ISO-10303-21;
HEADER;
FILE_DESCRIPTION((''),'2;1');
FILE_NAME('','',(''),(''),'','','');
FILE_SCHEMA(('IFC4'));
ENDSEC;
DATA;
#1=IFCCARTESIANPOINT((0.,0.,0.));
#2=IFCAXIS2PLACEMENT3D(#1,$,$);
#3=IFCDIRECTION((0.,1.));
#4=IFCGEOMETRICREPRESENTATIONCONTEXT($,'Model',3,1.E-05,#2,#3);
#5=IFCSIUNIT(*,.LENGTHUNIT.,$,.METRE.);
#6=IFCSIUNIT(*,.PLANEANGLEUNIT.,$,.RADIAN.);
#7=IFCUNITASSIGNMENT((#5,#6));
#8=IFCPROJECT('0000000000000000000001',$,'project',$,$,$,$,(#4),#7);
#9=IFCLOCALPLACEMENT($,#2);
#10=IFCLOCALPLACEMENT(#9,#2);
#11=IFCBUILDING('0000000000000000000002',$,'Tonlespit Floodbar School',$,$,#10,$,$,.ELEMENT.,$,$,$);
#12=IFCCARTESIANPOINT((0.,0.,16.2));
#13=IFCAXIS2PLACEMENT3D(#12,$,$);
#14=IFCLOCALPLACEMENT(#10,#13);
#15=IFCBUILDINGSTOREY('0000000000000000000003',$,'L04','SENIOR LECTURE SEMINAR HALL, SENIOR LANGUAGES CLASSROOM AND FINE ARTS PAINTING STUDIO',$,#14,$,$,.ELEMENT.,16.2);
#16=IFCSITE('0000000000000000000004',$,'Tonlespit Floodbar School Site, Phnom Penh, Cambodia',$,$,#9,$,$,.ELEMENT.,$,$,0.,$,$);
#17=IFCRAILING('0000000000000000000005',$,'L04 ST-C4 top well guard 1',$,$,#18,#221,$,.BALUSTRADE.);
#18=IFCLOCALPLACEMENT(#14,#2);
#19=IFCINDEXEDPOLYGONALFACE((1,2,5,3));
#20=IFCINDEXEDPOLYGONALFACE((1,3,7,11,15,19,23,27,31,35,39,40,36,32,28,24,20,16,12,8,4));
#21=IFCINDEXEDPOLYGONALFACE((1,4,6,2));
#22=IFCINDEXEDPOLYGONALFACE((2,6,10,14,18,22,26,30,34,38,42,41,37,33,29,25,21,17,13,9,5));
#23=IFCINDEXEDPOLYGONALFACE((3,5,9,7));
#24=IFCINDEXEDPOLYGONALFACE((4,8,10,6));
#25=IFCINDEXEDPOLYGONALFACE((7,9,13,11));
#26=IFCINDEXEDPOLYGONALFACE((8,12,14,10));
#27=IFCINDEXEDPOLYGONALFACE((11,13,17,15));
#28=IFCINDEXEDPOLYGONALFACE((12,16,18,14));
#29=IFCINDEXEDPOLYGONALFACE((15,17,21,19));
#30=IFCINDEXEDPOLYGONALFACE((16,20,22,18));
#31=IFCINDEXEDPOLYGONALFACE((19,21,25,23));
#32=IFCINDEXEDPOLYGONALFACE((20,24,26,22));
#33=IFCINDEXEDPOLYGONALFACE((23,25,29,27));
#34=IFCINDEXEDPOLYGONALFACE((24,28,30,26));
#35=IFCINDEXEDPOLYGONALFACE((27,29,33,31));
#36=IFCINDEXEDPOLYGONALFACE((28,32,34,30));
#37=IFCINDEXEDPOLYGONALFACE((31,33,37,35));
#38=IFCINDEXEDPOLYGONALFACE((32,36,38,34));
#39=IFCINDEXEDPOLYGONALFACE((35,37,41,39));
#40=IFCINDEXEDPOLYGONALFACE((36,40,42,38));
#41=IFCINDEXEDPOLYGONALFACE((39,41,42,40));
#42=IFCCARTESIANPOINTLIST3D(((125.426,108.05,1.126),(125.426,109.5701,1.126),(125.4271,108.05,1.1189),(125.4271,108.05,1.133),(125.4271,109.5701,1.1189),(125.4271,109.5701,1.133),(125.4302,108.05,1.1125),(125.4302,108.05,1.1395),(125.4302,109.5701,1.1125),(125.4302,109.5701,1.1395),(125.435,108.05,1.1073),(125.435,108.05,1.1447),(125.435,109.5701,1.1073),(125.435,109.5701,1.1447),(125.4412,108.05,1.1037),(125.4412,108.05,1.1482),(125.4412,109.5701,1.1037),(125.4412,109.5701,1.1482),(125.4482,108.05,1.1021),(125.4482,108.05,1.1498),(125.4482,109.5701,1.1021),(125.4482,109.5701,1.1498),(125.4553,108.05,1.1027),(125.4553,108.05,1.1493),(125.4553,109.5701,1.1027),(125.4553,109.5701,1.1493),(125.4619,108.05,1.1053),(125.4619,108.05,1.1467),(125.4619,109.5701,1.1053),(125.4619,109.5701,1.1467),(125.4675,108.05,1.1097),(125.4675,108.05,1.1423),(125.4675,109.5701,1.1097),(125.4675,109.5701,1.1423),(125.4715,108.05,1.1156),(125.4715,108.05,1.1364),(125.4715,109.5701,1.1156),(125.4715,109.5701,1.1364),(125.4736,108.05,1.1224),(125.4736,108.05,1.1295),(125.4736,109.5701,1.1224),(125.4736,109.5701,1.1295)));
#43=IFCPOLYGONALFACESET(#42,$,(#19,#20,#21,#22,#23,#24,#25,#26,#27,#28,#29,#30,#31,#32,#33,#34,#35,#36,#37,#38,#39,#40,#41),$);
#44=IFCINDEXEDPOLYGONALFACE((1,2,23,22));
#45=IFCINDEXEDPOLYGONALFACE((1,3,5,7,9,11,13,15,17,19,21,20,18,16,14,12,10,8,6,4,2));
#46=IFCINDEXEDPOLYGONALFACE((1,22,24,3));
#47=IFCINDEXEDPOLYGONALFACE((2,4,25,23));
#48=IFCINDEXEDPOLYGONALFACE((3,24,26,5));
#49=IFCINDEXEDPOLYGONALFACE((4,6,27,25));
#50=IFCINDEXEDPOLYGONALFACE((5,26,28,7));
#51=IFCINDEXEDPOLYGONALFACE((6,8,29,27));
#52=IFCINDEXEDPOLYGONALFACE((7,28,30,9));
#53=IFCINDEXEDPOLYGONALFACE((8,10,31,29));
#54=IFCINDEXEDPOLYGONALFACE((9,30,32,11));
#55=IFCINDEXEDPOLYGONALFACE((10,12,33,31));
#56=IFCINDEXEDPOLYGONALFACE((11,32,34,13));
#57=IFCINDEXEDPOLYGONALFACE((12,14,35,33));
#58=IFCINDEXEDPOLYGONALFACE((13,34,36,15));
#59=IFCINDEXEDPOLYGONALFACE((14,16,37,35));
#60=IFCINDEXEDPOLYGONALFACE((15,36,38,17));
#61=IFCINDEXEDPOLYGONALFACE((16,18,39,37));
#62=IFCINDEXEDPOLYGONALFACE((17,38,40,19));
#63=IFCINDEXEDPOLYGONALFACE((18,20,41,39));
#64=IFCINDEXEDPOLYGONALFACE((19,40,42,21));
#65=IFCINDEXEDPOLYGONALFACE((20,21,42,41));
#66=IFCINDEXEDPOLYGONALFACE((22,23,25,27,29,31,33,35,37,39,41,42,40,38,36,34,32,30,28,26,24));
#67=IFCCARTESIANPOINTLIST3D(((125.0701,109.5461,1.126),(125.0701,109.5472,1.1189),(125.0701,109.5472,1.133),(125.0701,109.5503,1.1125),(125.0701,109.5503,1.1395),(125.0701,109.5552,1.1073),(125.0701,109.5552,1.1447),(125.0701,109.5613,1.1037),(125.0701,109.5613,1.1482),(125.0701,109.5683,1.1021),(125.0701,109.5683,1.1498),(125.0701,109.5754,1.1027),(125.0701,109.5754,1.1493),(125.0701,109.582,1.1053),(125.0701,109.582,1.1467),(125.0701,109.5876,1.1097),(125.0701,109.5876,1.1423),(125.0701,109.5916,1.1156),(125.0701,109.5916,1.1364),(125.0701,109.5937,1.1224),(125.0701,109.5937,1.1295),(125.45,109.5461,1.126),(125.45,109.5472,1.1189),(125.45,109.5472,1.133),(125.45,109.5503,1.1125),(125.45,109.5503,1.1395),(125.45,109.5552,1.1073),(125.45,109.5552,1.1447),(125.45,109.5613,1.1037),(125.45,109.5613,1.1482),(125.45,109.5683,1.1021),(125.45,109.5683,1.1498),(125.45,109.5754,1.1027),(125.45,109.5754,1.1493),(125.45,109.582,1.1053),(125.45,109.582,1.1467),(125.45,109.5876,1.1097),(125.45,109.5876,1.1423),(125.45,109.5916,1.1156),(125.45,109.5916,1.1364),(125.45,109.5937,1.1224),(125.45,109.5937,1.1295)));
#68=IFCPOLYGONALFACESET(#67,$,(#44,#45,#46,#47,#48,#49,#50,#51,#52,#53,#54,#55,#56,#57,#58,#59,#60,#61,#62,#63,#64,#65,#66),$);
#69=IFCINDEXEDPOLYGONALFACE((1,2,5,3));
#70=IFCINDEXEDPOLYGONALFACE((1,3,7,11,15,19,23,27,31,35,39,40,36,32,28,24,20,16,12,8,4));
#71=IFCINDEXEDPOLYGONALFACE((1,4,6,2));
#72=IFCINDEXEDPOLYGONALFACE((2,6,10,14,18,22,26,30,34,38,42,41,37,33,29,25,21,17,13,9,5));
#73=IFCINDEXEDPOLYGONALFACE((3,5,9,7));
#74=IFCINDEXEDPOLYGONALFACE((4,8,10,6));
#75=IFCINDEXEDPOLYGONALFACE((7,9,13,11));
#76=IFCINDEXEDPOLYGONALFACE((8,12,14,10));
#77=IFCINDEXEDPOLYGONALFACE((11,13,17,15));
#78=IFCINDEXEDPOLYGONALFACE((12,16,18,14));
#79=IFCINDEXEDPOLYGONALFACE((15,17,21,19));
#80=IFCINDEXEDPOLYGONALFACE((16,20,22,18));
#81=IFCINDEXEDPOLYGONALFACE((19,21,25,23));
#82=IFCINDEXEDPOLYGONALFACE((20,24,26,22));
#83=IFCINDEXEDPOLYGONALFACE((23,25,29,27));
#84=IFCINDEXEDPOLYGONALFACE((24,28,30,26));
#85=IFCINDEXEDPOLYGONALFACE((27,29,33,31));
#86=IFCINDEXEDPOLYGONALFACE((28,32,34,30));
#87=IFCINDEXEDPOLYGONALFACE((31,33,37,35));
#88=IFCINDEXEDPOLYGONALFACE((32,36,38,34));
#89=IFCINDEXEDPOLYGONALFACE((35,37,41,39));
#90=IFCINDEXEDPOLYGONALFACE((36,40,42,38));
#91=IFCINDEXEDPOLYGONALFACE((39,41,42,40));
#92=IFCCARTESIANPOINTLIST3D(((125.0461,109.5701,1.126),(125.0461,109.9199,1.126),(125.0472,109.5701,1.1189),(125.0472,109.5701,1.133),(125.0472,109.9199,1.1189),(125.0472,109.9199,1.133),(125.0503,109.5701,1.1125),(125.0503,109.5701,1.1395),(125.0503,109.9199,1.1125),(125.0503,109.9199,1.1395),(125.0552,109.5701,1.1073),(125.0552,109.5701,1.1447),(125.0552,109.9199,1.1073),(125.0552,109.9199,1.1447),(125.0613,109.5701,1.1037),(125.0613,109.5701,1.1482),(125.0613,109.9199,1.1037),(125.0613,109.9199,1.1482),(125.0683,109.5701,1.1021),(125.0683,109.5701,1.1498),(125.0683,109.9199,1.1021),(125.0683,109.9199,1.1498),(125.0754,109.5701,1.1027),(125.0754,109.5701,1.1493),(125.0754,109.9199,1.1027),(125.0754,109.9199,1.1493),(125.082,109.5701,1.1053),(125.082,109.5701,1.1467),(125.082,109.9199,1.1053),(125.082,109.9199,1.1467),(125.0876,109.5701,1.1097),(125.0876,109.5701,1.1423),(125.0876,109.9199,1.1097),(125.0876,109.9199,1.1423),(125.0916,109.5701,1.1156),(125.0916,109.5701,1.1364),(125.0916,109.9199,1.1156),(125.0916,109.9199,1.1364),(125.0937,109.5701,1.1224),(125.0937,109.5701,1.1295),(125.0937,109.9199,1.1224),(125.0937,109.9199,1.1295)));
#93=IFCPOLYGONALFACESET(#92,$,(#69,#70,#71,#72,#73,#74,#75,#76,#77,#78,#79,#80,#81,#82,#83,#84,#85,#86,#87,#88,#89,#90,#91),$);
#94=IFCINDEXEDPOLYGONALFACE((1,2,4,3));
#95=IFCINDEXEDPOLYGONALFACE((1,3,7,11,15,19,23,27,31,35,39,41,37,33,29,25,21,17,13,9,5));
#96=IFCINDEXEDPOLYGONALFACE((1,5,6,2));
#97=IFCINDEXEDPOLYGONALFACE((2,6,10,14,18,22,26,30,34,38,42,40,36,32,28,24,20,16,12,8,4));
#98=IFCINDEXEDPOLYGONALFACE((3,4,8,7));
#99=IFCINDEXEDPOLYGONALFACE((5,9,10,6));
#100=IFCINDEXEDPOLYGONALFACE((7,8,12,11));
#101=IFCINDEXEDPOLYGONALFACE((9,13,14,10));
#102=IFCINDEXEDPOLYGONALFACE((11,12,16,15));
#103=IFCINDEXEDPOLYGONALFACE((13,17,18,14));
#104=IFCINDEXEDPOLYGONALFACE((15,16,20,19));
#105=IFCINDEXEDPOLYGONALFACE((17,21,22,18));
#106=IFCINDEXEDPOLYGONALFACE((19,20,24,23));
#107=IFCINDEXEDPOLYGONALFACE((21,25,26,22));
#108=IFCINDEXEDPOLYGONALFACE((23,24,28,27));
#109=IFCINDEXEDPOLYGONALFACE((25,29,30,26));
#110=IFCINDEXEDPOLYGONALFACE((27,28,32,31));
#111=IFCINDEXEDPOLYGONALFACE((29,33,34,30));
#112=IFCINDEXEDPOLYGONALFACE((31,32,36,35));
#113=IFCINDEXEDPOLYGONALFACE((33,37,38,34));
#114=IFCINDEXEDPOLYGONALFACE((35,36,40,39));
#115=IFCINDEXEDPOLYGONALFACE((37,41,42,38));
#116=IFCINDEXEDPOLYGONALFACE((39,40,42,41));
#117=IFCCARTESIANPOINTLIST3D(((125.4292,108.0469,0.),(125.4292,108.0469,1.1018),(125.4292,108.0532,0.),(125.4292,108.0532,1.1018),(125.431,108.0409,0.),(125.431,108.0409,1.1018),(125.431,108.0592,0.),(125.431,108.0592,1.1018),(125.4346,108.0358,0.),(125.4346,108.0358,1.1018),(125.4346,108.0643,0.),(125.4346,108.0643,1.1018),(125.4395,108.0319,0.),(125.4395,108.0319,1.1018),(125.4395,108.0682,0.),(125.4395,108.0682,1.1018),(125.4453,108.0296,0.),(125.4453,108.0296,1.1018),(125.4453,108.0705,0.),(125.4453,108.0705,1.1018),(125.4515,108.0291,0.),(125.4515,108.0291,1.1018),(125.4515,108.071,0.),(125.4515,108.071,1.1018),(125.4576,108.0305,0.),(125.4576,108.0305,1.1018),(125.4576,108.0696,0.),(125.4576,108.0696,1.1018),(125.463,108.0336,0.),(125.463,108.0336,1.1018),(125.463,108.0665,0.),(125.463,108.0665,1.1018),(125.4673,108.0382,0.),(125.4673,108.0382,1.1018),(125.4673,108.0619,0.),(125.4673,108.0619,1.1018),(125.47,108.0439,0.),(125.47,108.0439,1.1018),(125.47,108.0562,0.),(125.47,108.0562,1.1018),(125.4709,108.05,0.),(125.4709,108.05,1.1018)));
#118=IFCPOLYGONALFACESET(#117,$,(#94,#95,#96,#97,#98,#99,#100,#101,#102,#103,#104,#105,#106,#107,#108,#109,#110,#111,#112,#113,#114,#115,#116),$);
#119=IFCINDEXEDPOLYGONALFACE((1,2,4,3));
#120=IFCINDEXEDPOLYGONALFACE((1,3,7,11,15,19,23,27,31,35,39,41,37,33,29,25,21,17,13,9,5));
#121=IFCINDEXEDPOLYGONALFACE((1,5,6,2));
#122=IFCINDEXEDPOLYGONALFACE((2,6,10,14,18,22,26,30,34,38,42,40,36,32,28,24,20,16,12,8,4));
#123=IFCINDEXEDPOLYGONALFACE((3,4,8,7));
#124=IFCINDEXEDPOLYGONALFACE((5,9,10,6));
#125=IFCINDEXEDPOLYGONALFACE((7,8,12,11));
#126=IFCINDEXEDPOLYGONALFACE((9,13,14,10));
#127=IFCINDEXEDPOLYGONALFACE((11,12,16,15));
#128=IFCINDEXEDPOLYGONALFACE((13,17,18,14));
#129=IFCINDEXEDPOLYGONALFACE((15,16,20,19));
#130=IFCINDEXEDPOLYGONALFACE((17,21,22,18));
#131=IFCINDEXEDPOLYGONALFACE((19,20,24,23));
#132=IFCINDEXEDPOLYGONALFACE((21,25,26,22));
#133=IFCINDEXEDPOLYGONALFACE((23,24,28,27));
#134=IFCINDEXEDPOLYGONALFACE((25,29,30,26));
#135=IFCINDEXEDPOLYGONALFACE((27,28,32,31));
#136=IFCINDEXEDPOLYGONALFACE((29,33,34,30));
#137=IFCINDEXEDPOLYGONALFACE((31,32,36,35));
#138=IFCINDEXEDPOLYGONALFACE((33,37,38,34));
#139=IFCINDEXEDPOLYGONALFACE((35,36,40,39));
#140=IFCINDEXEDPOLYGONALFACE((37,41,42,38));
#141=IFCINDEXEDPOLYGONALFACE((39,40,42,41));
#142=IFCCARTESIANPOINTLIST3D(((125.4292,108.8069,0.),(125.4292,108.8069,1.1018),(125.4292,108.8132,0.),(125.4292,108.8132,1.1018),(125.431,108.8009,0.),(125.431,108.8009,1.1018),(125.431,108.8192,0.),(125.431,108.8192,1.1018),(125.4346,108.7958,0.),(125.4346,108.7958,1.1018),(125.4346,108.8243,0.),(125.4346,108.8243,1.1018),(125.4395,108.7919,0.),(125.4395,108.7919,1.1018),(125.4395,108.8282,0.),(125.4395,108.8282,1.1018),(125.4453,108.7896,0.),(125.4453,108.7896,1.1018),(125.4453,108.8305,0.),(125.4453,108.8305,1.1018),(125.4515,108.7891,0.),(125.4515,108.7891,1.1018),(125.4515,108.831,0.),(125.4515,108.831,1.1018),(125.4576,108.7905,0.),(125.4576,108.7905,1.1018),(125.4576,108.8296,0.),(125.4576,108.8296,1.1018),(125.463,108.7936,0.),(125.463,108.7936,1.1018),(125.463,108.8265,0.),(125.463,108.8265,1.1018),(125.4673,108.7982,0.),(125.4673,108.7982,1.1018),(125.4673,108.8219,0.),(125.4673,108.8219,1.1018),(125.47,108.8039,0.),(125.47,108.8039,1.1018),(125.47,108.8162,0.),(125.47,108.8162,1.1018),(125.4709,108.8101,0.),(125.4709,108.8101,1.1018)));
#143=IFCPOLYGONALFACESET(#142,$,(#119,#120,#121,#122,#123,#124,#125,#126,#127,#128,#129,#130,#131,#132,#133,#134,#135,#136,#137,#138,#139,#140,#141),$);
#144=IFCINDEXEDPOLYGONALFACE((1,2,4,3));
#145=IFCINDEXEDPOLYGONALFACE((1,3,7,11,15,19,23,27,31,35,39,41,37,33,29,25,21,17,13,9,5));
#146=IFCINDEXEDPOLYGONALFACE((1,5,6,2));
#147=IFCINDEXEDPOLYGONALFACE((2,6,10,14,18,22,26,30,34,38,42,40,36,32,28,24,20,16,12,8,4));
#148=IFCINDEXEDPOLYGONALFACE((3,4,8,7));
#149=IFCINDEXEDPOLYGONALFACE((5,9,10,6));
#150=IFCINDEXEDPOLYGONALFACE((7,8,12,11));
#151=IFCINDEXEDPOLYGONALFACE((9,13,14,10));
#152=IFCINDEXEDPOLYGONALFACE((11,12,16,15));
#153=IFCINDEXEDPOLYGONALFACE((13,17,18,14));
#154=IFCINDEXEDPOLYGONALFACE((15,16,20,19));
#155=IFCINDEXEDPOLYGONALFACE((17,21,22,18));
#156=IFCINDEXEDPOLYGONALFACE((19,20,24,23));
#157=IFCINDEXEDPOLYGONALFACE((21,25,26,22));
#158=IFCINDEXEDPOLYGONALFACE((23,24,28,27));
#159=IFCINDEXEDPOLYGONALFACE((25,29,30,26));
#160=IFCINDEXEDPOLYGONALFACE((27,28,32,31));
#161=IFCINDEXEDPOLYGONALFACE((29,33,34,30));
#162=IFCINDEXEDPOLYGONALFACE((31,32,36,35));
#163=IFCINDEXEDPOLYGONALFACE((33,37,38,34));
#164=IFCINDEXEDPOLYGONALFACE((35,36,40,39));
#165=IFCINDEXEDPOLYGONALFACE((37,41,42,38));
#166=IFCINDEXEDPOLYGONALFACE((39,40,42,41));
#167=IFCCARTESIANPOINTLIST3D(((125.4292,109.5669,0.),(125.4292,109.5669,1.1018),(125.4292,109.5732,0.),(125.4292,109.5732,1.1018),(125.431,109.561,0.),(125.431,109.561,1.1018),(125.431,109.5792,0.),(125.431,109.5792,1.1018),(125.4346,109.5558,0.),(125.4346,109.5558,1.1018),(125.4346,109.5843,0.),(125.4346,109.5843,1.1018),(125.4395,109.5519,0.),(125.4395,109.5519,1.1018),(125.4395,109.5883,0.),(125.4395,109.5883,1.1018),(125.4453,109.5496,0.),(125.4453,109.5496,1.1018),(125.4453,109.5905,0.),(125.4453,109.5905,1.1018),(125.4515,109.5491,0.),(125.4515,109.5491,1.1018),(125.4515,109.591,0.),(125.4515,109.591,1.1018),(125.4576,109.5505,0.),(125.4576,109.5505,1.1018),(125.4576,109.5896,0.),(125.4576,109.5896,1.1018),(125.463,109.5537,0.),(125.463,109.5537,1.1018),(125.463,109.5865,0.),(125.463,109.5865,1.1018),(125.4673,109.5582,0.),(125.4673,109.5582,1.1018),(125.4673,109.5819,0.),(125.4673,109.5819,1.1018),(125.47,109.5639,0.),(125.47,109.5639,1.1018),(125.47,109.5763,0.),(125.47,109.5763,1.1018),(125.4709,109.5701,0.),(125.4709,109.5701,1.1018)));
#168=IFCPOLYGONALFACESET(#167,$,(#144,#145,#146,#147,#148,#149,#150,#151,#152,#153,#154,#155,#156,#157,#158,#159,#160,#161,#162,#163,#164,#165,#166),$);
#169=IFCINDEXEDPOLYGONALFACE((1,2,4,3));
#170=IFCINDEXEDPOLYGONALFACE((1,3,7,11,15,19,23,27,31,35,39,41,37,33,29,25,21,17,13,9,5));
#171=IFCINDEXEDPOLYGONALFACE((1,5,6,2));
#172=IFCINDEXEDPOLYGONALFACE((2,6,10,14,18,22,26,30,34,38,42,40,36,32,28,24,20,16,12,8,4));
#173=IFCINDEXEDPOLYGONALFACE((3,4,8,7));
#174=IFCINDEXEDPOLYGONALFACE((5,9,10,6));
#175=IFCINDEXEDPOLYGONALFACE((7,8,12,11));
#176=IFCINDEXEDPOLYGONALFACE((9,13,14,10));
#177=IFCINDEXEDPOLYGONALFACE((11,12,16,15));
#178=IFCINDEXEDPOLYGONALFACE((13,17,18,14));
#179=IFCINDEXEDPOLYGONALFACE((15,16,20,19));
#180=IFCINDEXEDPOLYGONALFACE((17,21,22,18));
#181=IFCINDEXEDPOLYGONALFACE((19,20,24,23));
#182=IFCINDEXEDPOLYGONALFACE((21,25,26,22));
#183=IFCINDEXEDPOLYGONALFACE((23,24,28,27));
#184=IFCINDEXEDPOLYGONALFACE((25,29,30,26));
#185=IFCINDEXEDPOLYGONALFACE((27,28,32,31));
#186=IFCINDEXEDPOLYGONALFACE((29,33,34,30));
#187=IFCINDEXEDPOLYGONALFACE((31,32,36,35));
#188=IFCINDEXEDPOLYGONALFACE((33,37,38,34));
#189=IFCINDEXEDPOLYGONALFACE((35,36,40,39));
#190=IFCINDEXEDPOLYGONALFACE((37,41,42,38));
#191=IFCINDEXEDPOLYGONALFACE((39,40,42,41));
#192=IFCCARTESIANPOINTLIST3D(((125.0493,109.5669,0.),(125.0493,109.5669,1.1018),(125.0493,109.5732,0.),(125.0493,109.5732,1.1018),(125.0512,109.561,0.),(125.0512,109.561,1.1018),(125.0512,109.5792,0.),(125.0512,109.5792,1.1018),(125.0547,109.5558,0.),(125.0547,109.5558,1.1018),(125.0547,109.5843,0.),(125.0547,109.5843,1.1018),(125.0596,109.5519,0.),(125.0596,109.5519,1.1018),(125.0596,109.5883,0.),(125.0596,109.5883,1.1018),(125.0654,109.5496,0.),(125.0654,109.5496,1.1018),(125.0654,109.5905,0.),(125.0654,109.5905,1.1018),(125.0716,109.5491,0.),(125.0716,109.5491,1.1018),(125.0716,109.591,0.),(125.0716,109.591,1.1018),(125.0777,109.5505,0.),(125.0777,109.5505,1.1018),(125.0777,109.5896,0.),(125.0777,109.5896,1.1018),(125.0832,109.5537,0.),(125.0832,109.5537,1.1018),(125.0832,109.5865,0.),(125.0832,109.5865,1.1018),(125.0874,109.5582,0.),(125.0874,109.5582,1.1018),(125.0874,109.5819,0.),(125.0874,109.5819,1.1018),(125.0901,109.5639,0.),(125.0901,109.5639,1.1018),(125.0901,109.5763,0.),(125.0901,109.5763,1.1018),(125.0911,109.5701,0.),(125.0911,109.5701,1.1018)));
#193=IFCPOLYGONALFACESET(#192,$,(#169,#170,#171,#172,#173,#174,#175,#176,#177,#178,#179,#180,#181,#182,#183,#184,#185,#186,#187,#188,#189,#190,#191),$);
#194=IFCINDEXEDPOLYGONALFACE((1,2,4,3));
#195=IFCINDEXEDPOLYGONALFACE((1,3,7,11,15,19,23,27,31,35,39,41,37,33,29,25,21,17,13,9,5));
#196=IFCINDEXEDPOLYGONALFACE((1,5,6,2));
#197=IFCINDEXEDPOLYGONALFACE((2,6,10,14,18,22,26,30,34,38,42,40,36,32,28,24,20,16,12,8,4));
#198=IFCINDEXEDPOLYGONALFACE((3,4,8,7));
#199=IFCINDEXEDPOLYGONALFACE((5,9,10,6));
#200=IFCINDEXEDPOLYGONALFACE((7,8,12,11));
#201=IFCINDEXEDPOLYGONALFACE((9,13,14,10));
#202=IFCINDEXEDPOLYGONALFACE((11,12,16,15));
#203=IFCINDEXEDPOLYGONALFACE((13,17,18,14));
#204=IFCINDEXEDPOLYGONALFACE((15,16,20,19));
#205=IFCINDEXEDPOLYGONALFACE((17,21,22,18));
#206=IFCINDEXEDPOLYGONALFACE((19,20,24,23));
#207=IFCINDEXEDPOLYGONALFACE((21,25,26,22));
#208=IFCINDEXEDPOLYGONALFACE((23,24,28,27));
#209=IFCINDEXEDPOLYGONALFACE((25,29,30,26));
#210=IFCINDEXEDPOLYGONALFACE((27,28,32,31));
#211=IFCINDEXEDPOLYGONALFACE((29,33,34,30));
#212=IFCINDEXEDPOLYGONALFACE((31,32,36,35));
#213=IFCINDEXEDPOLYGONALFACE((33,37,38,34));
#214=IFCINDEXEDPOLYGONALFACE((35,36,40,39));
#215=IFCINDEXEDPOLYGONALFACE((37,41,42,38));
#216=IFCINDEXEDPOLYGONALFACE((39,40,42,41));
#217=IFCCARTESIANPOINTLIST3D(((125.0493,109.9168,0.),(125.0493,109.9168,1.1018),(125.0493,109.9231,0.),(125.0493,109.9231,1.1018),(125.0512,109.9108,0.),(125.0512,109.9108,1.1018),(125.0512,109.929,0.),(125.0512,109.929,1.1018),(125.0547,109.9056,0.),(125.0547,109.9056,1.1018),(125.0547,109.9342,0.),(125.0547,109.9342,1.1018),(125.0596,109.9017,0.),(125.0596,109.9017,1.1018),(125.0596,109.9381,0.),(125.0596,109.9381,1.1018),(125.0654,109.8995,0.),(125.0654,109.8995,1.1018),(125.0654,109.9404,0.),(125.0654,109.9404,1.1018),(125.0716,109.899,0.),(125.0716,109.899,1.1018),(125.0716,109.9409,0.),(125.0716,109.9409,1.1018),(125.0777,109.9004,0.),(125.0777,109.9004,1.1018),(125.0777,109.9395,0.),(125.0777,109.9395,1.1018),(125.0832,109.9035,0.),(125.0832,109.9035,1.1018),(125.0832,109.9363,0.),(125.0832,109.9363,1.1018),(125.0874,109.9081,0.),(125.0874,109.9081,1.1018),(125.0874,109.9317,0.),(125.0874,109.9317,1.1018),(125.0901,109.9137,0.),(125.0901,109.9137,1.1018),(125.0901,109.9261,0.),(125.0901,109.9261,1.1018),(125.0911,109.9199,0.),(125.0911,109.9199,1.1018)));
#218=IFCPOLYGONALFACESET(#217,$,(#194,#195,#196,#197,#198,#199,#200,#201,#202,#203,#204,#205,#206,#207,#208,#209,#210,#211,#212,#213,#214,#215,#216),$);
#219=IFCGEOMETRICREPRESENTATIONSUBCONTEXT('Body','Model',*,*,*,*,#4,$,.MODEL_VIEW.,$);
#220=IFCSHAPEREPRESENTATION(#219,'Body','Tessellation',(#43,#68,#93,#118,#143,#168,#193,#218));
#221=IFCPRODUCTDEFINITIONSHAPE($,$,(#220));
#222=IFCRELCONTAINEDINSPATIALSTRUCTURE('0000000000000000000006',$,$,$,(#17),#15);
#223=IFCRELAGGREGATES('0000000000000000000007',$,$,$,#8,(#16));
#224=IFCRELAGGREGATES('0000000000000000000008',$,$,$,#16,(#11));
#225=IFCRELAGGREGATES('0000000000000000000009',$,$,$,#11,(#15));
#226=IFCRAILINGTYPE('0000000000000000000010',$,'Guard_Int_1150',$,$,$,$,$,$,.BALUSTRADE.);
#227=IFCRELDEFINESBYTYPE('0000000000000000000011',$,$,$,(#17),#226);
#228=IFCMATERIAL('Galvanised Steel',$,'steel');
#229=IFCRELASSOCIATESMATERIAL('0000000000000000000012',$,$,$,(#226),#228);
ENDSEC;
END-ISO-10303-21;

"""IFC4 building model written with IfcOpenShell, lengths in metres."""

from ifc_helpers import new_model, si_unit, direction, frame, origin, origin_2d, place, context, subcontext, project, spatial, circle, extrude, material, type_object, element, save


model = new_model("IFC4")

# Units and contexts
model_context = context("Model", 3, precision=1e-05, world=origin(), true_north=direction((0.0, 1.0)))
body_context = subcontext(model_context, "Body", "Model", "MODEL_VIEW")
ifc_project = project(units=[si_unit("LENGTHUNIT", "METRE"), si_unit("PLANEANGLEUNIT", "RADIAN")], contexts=[model_context])

# Site, building, storey
site_placement = place(None, origin())
site = spatial("IfcSite", under=ifc_project, at=site_placement, Name="Tonlespit Floodbar School Site, Phnom Penh, Cambodia", CompositionType="ELEMENT", RefElevation=0.0)
building_placement = place(site_placement, origin())
building = spatial("IfcBuilding", under=site, at=building_placement, Name="Tonlespit Floodbar School", CompositionType="ELEMENT")
storey_placement = place(building_placement, frame((0.0, 0.0, 16.2)))
storey = spatial("IfcBuildingStorey", under=building, at=storey_placement, Name="L04", Description="SENIOR LECTURE SEMINAR HALL, SENIOR LANGUAGES CLASSROOM AND FINE ARTS PAINTING STUDIO", CompositionType="ELEMENT", Elevation=16.2)

# Railing
ifc_material_1 = material(Name="Galvanised Steel", Category="steel")
railing_type = type_object("IfcRailingType", Name="Guard_Int_1150", PredefinedType="BALUSTRADE", material=ifc_material_1)
railing_placement = place(storey_placement, frame((125.45, 108.05, 0.0)))
element("IfcRailing", 1, at=railing_placement, inside=storey, type_object=railing_type, Name="L04 ST-C4 top well guard 1", PredefinedType="BALUSTRADE", context=body_context, shape_type="SweptSolid", body=[
    extrude(circle(Radius=0.0239, at=origin_2d()), frame((0.0, 0.0, 1.126), z_axis=(0.0, 1.0, 0.0), x_axis=(-1.0, 0.0, 0.0)), (0.0, 0.0, 1.0), 1.52),
    extrude(circle(Radius=0.0239, at=origin_2d()), frame((0.0, 1.52, 1.126), z_axis=(-1.0, 0.0, 0.0), x_axis=(0.0, -1.0, 0.0)), (0.0, 0.0, 1.0), 0.3799),
    extrude(circle(Radius=0.0239, at=origin_2d()), frame((-0.3799, 1.52, 1.126), z_axis=(0.0, 1.0, 0.0), x_axis=(-1.0, 0.0, 0.0)), (0.0, 0.0, 1.0), 0.3499),
    extrude(circle(Radius=0.021, at=origin_2d()), origin(), (0.0, 0.0, 1.0), 1.1018),
    extrude(circle(Radius=0.021, at=origin_2d()), frame((0.0, 0.76, 0.0)), (0.0, 0.0, 1.0), 1.1018),
    extrude(circle(Radius=0.021, at=origin_2d()), frame((0.0, 1.52, 0.0)), (0.0, 0.0, 1.0), 1.1018),
    extrude(circle(Radius=0.021, at=origin_2d()), frame((-0.3799, 1.52, 0.0)), (0.0, 0.0, 1.0), 1.1018),
    extrude(circle(Radius=0.021, at=origin_2d()), frame((-0.3799, 1.8699, 0.0)), (0.0, 0.0, 1.0), 1.1018),
])

save(model, "model.ifc")
